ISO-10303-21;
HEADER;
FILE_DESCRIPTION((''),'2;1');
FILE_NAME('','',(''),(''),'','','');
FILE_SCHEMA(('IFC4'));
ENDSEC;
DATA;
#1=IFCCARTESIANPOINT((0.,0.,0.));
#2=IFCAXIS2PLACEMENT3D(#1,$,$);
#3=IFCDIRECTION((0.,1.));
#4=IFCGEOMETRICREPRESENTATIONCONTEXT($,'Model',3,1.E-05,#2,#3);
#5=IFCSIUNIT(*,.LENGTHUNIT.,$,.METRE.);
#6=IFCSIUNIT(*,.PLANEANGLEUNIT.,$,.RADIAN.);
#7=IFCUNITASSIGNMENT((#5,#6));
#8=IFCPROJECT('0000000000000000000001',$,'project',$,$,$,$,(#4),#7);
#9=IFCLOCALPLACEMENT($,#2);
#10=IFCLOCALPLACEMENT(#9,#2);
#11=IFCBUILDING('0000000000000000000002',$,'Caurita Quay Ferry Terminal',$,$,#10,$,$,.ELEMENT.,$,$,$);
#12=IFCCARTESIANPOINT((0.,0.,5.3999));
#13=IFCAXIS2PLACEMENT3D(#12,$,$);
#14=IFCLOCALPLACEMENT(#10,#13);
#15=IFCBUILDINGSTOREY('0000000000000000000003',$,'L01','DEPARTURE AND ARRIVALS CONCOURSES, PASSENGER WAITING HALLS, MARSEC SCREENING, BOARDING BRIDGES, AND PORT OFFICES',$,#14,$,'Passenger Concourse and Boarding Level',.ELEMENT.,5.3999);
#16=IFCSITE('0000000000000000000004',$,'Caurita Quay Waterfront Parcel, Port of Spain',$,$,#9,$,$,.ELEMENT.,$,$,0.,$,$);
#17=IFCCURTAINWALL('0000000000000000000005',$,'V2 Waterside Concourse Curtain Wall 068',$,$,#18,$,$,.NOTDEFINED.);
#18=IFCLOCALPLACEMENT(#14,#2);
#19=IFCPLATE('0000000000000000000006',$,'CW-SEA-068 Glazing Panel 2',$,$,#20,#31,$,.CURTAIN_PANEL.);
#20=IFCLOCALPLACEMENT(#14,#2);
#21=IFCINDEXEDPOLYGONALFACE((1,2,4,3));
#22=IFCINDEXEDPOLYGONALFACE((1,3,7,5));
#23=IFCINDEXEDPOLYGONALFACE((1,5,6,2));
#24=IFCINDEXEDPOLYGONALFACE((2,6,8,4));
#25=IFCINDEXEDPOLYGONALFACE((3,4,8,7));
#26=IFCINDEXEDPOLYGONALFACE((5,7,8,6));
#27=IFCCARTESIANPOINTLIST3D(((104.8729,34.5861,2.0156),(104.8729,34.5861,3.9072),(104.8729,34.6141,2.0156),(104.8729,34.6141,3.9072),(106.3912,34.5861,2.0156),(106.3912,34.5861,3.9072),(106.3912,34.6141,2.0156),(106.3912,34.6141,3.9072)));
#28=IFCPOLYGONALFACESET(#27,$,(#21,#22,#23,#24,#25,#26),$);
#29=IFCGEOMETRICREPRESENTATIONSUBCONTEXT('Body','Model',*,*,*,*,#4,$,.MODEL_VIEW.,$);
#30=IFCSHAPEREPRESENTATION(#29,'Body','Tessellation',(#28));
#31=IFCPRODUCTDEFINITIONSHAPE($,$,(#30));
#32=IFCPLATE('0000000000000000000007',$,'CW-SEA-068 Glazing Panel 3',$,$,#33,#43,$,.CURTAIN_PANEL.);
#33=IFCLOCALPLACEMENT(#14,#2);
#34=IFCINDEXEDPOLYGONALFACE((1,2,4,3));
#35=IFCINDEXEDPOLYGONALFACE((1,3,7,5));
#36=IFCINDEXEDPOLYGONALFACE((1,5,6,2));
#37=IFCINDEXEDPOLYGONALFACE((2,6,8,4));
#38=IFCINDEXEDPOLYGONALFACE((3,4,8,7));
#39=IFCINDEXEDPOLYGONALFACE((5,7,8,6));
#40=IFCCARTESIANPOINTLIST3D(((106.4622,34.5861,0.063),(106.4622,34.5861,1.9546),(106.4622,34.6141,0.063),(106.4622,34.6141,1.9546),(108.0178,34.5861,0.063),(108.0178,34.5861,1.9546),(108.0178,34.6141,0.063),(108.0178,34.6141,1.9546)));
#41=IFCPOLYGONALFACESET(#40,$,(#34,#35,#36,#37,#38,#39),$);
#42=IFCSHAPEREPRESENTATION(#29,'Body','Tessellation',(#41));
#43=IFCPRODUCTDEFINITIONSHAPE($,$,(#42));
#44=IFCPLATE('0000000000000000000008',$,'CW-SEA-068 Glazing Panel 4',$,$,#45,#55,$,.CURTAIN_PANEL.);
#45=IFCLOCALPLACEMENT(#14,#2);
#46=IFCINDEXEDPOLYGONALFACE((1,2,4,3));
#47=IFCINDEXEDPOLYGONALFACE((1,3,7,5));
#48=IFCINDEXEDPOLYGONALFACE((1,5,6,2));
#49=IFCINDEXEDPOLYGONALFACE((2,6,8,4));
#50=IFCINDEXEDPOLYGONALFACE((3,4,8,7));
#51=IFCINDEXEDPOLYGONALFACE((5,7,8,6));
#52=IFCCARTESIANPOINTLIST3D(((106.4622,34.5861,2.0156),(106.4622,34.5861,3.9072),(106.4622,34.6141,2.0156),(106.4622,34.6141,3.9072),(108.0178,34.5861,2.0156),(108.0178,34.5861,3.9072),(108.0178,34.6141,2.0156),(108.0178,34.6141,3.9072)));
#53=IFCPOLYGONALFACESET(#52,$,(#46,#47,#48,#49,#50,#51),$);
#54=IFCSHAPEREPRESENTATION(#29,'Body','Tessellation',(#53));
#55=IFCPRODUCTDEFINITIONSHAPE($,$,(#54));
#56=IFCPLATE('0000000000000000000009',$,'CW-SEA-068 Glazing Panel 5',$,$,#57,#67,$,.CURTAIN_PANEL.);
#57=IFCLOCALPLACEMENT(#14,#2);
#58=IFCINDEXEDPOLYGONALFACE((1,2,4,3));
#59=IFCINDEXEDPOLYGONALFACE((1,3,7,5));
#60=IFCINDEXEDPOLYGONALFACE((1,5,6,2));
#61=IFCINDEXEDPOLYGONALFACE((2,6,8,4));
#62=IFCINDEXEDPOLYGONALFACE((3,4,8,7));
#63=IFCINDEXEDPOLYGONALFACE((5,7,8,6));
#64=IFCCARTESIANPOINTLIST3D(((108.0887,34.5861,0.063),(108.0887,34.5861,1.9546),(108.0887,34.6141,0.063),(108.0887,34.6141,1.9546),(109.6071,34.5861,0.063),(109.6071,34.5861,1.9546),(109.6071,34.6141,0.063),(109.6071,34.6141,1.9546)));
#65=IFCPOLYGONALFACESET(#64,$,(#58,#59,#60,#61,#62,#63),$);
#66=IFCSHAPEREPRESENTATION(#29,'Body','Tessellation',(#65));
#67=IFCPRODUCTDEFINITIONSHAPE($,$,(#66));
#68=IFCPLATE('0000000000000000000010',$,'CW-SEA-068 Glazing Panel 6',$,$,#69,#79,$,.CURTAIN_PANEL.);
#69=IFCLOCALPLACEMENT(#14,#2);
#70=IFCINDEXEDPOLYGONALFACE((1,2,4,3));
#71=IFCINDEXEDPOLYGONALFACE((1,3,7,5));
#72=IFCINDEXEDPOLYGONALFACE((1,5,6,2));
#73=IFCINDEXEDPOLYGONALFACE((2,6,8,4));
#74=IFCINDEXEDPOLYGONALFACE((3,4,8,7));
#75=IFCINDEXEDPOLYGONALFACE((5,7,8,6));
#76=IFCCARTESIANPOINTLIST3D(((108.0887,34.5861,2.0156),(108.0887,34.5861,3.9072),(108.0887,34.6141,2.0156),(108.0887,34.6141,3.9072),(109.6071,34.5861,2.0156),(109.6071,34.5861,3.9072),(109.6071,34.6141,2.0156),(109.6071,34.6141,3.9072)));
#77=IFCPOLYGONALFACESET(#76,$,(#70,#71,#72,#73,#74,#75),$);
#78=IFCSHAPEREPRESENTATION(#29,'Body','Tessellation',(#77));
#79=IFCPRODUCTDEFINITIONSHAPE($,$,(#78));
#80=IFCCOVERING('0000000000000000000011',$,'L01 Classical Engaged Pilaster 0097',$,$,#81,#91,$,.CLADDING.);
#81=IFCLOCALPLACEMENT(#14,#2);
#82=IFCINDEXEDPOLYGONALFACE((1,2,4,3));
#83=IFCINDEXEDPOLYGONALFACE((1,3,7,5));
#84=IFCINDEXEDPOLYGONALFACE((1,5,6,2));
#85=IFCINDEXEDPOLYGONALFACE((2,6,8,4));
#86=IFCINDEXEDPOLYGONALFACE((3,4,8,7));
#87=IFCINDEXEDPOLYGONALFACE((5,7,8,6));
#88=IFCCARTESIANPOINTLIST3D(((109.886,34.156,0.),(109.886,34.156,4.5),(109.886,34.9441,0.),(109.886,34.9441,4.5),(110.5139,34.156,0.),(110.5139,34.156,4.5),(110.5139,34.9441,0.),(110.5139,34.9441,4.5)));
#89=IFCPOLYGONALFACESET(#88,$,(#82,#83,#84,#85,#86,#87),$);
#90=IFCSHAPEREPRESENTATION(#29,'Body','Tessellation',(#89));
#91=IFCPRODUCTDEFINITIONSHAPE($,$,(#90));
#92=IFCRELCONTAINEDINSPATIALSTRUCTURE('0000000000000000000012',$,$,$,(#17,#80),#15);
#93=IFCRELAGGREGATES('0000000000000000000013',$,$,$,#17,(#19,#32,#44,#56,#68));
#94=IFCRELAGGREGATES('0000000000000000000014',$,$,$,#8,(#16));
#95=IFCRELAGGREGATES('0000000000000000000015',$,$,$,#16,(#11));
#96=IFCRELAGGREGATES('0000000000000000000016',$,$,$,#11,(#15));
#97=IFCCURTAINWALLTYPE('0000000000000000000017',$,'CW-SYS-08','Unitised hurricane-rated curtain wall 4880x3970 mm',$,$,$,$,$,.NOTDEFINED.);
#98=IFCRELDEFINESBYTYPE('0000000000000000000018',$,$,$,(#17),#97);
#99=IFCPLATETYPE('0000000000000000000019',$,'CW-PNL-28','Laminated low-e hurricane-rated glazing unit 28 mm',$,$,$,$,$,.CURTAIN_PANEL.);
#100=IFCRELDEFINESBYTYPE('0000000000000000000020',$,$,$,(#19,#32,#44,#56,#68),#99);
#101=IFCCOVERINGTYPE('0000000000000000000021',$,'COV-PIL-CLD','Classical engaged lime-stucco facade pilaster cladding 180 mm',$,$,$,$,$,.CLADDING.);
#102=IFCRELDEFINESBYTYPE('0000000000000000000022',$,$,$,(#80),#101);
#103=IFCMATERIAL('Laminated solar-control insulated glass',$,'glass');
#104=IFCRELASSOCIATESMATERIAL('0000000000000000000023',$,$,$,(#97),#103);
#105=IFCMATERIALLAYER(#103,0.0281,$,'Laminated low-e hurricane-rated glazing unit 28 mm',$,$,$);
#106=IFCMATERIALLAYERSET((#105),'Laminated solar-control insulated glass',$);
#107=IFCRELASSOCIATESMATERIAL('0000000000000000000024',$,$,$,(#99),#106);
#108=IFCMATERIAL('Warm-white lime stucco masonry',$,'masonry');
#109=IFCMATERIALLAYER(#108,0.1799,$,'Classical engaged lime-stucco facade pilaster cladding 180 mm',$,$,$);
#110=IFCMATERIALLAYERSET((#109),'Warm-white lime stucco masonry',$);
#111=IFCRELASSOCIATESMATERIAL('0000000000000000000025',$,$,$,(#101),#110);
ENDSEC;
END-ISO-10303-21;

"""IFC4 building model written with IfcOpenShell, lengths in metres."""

from ifc_helpers import new_model, si_unit, direction, frame, origin, origin_2d, place, context, subcontext, project, spatial, rectangle, extrude, material, layer, layer_set, type_object, element, aggregate, save


model = new_model("IFC4")

# Units and contexts
model_context = context("Model", 3, precision=1e-05, world=origin(), true_north=direction((0.0, 1.0)))
body_context = subcontext(model_context, "Body", "Model", "MODEL_VIEW")
ifc_project = project(units=[si_unit("LENGTHUNIT", "METRE"), si_unit("PLANEANGLEUNIT", "RADIAN")], contexts=[model_context])

# Site, building, storey
site_placement = place(None, origin())
site = spatial("IfcSite", under=ifc_project, at=site_placement, Name="Caurita Quay Waterfront Parcel, Port of Spain", CompositionType="ELEMENT", RefElevation=0.0)
building_placement = place(site_placement, origin())
building = spatial("IfcBuilding", under=site, at=building_placement, Name="Caurita Quay Ferry Terminal", CompositionType="ELEMENT")
storey_placement = place(building_placement, frame((0.0, 0.0, 5.3999)))
storey = spatial("IfcBuildingStorey", under=building, at=storey_placement, Name="L01", Description="DEPARTURE AND ARRIVALS CONCOURSES, PASSENGER WAITING HALLS, MARSEC SCREENING, BOARDING BRIDGES, AND PORT OFFICES", LongName="Passenger Concourse and Boarding Level", CompositionType="ELEMENT", Elevation=5.3999)

# Curtain wall, plates
ifc_material_1 = material(Name="Laminated solar-control insulated glass", Category="glass")
curtain_wall_type = type_object("IfcCurtainWallType", Name="CW-SYS-08", Description="Unitised hurricane-rated curtain wall 4880x3970 mm", PredefinedType="NOTDEFINED", material=ifc_material_1)
curtain_wall_placement = place(storey_placement, origin())
curtain_wall = element("IfcCurtainWall", 1, at=curtain_wall_placement, inside=storey, type_object=curtain_wall_type, Name="V2 Waterside Concourse Curtain Wall 068", PredefinedType="NOTDEFINED")
ifc_layer_1 = layer(ifc_material_1, 0.0281, Name="Laminated low-e hurricane-rated glazing unit 28 mm")
ifc_layer_set_1 = layer_set([ifc_layer_1], Name="Laminated solar-control insulated glass")
plate_type = type_object("IfcPlateType", Name="CW-PNL-28", Description="Laminated low-e hurricane-rated glazing unit 28 mm", PredefinedType="CURTAIN_PANEL", material=ifc_layer_set_1)
plate_1_placement = place(storey_placement, frame((105.6321, 34.6001, 2.0156), z_axis=(0.0, 0.0, 1.0), x_axis=(1.0, 0.0, 0.0)))
plate_1 = element("IfcPlate", 2, at=plate_1_placement, type_object=plate_type, Name="CW-SEA-068 Glazing Panel 2", PredefinedType="CURTAIN_PANEL", context=body_context, shape_type="SweptSolid", body=[
    extrude(rectangle(XDim=1.5183, YDim=0.0281, at=origin_2d()), origin(), (0.0, 0.0, 1.0), 1.8916),
])
plate_2_placement = place(storey_placement, frame((107.24, 34.6001, 0.063), z_axis=(0.0, 0.0, 1.0), x_axis=(1.0, 0.0, 0.0)))
plate_2 = element("IfcPlate", 3, at=plate_2_placement, type_object=plate_type, Name="CW-SEA-068 Glazing Panel 3", PredefinedType="CURTAIN_PANEL", context=body_context, shape_type="SweptSolid", body=[
    extrude(rectangle(XDim=1.5557, YDim=0.0281, at=origin_2d()), origin(), (0.0, 0.0, 1.0), 1.8916),
])
plate_3_placement = place(storey_placement, frame((107.24, 34.6001, 2.0156), z_axis=(0.0, 0.0, 1.0), x_axis=(1.0, 0.0, 0.0)))
plate_3 = element("IfcPlate", 4, at=plate_3_placement, type_object=plate_type, Name="CW-SEA-068 Glazing Panel 4", PredefinedType="CURTAIN_PANEL", context=body_context, shape_type="SweptSolid", body=[
    extrude(rectangle(XDim=1.5557, YDim=0.0281, at=origin_2d()), origin(), (0.0, 0.0, 1.0), 1.8916),
])
plate_4_placement = place(storey_placement, frame((108.8479, 34.6001, 0.063), z_axis=(0.0, 0.0, 1.0), x_axis=(1.0, 0.0, 0.0)))
plate_4 = element("IfcPlate", 5, at=plate_4_placement, type_object=plate_type, Name="CW-SEA-068 Glazing Panel 5", PredefinedType="CURTAIN_PANEL", context=body_context, shape_type="SweptSolid", body=[
    extrude(rectangle(XDim=1.5183, YDim=0.0281, at=origin_2d()), origin(), (0.0, 0.0, 1.0), 1.8916),
])
plate_5_placement = place(storey_placement, frame((108.8479, 34.6001, 2.0156), z_axis=(0.0, 0.0, 1.0), x_axis=(1.0, 0.0, 0.0)))
plate_5 = element("IfcPlate", 6, at=plate_5_placement, type_object=plate_type, Name="CW-SEA-068 Glazing Panel 6", PredefinedType="CURTAIN_PANEL", context=body_context, shape_type="SweptSolid", body=[
    extrude(rectangle(XDim=1.5183, YDim=0.0281, at=origin_2d()), origin(), (0.0, 0.0, 1.0), 1.8916),
])
aggregate(curtain_wall, [plate_1, plate_2, plate_3, plate_4, plate_5])

# Covering
ifc_material_2 = material(Name="Warm-white lime stucco masonry", Category="masonry")
ifc_layer_2 = layer(ifc_material_2, 0.1799, Name="Classical engaged lime-stucco facade pilaster cladding 180 mm")
ifc_layer_set_2 = layer_set([ifc_layer_2], Name="Warm-white lime stucco masonry")
covering_type = type_object("IfcCoveringType", Name="COV-PIL-CLD", Description="Classical engaged lime-stucco facade pilaster cladding 180 mm", PredefinedType="CLADDING", material=ifc_layer_set_2)
covering_placement = place(storey_placement, frame((110.2, 34.55, 0.0), z_axis=(0.0, 0.0, 1.0), x_axis=(1.0, 0.0, 0.0)))
element("IfcCovering", 7, at=covering_placement, inside=storey, type_object=covering_type, Name="L01 Classical Engaged Pilaster 0097", PredefinedType="CLADDING", context=body_context, shape_type="SweptSolid", body=[
    extrude(rectangle(XDim=0.6279, YDim=0.7881, at=origin_2d()), origin(), (0.0, 0.0, 1.0), 4.5),
])

save(model, "model.ifc")
